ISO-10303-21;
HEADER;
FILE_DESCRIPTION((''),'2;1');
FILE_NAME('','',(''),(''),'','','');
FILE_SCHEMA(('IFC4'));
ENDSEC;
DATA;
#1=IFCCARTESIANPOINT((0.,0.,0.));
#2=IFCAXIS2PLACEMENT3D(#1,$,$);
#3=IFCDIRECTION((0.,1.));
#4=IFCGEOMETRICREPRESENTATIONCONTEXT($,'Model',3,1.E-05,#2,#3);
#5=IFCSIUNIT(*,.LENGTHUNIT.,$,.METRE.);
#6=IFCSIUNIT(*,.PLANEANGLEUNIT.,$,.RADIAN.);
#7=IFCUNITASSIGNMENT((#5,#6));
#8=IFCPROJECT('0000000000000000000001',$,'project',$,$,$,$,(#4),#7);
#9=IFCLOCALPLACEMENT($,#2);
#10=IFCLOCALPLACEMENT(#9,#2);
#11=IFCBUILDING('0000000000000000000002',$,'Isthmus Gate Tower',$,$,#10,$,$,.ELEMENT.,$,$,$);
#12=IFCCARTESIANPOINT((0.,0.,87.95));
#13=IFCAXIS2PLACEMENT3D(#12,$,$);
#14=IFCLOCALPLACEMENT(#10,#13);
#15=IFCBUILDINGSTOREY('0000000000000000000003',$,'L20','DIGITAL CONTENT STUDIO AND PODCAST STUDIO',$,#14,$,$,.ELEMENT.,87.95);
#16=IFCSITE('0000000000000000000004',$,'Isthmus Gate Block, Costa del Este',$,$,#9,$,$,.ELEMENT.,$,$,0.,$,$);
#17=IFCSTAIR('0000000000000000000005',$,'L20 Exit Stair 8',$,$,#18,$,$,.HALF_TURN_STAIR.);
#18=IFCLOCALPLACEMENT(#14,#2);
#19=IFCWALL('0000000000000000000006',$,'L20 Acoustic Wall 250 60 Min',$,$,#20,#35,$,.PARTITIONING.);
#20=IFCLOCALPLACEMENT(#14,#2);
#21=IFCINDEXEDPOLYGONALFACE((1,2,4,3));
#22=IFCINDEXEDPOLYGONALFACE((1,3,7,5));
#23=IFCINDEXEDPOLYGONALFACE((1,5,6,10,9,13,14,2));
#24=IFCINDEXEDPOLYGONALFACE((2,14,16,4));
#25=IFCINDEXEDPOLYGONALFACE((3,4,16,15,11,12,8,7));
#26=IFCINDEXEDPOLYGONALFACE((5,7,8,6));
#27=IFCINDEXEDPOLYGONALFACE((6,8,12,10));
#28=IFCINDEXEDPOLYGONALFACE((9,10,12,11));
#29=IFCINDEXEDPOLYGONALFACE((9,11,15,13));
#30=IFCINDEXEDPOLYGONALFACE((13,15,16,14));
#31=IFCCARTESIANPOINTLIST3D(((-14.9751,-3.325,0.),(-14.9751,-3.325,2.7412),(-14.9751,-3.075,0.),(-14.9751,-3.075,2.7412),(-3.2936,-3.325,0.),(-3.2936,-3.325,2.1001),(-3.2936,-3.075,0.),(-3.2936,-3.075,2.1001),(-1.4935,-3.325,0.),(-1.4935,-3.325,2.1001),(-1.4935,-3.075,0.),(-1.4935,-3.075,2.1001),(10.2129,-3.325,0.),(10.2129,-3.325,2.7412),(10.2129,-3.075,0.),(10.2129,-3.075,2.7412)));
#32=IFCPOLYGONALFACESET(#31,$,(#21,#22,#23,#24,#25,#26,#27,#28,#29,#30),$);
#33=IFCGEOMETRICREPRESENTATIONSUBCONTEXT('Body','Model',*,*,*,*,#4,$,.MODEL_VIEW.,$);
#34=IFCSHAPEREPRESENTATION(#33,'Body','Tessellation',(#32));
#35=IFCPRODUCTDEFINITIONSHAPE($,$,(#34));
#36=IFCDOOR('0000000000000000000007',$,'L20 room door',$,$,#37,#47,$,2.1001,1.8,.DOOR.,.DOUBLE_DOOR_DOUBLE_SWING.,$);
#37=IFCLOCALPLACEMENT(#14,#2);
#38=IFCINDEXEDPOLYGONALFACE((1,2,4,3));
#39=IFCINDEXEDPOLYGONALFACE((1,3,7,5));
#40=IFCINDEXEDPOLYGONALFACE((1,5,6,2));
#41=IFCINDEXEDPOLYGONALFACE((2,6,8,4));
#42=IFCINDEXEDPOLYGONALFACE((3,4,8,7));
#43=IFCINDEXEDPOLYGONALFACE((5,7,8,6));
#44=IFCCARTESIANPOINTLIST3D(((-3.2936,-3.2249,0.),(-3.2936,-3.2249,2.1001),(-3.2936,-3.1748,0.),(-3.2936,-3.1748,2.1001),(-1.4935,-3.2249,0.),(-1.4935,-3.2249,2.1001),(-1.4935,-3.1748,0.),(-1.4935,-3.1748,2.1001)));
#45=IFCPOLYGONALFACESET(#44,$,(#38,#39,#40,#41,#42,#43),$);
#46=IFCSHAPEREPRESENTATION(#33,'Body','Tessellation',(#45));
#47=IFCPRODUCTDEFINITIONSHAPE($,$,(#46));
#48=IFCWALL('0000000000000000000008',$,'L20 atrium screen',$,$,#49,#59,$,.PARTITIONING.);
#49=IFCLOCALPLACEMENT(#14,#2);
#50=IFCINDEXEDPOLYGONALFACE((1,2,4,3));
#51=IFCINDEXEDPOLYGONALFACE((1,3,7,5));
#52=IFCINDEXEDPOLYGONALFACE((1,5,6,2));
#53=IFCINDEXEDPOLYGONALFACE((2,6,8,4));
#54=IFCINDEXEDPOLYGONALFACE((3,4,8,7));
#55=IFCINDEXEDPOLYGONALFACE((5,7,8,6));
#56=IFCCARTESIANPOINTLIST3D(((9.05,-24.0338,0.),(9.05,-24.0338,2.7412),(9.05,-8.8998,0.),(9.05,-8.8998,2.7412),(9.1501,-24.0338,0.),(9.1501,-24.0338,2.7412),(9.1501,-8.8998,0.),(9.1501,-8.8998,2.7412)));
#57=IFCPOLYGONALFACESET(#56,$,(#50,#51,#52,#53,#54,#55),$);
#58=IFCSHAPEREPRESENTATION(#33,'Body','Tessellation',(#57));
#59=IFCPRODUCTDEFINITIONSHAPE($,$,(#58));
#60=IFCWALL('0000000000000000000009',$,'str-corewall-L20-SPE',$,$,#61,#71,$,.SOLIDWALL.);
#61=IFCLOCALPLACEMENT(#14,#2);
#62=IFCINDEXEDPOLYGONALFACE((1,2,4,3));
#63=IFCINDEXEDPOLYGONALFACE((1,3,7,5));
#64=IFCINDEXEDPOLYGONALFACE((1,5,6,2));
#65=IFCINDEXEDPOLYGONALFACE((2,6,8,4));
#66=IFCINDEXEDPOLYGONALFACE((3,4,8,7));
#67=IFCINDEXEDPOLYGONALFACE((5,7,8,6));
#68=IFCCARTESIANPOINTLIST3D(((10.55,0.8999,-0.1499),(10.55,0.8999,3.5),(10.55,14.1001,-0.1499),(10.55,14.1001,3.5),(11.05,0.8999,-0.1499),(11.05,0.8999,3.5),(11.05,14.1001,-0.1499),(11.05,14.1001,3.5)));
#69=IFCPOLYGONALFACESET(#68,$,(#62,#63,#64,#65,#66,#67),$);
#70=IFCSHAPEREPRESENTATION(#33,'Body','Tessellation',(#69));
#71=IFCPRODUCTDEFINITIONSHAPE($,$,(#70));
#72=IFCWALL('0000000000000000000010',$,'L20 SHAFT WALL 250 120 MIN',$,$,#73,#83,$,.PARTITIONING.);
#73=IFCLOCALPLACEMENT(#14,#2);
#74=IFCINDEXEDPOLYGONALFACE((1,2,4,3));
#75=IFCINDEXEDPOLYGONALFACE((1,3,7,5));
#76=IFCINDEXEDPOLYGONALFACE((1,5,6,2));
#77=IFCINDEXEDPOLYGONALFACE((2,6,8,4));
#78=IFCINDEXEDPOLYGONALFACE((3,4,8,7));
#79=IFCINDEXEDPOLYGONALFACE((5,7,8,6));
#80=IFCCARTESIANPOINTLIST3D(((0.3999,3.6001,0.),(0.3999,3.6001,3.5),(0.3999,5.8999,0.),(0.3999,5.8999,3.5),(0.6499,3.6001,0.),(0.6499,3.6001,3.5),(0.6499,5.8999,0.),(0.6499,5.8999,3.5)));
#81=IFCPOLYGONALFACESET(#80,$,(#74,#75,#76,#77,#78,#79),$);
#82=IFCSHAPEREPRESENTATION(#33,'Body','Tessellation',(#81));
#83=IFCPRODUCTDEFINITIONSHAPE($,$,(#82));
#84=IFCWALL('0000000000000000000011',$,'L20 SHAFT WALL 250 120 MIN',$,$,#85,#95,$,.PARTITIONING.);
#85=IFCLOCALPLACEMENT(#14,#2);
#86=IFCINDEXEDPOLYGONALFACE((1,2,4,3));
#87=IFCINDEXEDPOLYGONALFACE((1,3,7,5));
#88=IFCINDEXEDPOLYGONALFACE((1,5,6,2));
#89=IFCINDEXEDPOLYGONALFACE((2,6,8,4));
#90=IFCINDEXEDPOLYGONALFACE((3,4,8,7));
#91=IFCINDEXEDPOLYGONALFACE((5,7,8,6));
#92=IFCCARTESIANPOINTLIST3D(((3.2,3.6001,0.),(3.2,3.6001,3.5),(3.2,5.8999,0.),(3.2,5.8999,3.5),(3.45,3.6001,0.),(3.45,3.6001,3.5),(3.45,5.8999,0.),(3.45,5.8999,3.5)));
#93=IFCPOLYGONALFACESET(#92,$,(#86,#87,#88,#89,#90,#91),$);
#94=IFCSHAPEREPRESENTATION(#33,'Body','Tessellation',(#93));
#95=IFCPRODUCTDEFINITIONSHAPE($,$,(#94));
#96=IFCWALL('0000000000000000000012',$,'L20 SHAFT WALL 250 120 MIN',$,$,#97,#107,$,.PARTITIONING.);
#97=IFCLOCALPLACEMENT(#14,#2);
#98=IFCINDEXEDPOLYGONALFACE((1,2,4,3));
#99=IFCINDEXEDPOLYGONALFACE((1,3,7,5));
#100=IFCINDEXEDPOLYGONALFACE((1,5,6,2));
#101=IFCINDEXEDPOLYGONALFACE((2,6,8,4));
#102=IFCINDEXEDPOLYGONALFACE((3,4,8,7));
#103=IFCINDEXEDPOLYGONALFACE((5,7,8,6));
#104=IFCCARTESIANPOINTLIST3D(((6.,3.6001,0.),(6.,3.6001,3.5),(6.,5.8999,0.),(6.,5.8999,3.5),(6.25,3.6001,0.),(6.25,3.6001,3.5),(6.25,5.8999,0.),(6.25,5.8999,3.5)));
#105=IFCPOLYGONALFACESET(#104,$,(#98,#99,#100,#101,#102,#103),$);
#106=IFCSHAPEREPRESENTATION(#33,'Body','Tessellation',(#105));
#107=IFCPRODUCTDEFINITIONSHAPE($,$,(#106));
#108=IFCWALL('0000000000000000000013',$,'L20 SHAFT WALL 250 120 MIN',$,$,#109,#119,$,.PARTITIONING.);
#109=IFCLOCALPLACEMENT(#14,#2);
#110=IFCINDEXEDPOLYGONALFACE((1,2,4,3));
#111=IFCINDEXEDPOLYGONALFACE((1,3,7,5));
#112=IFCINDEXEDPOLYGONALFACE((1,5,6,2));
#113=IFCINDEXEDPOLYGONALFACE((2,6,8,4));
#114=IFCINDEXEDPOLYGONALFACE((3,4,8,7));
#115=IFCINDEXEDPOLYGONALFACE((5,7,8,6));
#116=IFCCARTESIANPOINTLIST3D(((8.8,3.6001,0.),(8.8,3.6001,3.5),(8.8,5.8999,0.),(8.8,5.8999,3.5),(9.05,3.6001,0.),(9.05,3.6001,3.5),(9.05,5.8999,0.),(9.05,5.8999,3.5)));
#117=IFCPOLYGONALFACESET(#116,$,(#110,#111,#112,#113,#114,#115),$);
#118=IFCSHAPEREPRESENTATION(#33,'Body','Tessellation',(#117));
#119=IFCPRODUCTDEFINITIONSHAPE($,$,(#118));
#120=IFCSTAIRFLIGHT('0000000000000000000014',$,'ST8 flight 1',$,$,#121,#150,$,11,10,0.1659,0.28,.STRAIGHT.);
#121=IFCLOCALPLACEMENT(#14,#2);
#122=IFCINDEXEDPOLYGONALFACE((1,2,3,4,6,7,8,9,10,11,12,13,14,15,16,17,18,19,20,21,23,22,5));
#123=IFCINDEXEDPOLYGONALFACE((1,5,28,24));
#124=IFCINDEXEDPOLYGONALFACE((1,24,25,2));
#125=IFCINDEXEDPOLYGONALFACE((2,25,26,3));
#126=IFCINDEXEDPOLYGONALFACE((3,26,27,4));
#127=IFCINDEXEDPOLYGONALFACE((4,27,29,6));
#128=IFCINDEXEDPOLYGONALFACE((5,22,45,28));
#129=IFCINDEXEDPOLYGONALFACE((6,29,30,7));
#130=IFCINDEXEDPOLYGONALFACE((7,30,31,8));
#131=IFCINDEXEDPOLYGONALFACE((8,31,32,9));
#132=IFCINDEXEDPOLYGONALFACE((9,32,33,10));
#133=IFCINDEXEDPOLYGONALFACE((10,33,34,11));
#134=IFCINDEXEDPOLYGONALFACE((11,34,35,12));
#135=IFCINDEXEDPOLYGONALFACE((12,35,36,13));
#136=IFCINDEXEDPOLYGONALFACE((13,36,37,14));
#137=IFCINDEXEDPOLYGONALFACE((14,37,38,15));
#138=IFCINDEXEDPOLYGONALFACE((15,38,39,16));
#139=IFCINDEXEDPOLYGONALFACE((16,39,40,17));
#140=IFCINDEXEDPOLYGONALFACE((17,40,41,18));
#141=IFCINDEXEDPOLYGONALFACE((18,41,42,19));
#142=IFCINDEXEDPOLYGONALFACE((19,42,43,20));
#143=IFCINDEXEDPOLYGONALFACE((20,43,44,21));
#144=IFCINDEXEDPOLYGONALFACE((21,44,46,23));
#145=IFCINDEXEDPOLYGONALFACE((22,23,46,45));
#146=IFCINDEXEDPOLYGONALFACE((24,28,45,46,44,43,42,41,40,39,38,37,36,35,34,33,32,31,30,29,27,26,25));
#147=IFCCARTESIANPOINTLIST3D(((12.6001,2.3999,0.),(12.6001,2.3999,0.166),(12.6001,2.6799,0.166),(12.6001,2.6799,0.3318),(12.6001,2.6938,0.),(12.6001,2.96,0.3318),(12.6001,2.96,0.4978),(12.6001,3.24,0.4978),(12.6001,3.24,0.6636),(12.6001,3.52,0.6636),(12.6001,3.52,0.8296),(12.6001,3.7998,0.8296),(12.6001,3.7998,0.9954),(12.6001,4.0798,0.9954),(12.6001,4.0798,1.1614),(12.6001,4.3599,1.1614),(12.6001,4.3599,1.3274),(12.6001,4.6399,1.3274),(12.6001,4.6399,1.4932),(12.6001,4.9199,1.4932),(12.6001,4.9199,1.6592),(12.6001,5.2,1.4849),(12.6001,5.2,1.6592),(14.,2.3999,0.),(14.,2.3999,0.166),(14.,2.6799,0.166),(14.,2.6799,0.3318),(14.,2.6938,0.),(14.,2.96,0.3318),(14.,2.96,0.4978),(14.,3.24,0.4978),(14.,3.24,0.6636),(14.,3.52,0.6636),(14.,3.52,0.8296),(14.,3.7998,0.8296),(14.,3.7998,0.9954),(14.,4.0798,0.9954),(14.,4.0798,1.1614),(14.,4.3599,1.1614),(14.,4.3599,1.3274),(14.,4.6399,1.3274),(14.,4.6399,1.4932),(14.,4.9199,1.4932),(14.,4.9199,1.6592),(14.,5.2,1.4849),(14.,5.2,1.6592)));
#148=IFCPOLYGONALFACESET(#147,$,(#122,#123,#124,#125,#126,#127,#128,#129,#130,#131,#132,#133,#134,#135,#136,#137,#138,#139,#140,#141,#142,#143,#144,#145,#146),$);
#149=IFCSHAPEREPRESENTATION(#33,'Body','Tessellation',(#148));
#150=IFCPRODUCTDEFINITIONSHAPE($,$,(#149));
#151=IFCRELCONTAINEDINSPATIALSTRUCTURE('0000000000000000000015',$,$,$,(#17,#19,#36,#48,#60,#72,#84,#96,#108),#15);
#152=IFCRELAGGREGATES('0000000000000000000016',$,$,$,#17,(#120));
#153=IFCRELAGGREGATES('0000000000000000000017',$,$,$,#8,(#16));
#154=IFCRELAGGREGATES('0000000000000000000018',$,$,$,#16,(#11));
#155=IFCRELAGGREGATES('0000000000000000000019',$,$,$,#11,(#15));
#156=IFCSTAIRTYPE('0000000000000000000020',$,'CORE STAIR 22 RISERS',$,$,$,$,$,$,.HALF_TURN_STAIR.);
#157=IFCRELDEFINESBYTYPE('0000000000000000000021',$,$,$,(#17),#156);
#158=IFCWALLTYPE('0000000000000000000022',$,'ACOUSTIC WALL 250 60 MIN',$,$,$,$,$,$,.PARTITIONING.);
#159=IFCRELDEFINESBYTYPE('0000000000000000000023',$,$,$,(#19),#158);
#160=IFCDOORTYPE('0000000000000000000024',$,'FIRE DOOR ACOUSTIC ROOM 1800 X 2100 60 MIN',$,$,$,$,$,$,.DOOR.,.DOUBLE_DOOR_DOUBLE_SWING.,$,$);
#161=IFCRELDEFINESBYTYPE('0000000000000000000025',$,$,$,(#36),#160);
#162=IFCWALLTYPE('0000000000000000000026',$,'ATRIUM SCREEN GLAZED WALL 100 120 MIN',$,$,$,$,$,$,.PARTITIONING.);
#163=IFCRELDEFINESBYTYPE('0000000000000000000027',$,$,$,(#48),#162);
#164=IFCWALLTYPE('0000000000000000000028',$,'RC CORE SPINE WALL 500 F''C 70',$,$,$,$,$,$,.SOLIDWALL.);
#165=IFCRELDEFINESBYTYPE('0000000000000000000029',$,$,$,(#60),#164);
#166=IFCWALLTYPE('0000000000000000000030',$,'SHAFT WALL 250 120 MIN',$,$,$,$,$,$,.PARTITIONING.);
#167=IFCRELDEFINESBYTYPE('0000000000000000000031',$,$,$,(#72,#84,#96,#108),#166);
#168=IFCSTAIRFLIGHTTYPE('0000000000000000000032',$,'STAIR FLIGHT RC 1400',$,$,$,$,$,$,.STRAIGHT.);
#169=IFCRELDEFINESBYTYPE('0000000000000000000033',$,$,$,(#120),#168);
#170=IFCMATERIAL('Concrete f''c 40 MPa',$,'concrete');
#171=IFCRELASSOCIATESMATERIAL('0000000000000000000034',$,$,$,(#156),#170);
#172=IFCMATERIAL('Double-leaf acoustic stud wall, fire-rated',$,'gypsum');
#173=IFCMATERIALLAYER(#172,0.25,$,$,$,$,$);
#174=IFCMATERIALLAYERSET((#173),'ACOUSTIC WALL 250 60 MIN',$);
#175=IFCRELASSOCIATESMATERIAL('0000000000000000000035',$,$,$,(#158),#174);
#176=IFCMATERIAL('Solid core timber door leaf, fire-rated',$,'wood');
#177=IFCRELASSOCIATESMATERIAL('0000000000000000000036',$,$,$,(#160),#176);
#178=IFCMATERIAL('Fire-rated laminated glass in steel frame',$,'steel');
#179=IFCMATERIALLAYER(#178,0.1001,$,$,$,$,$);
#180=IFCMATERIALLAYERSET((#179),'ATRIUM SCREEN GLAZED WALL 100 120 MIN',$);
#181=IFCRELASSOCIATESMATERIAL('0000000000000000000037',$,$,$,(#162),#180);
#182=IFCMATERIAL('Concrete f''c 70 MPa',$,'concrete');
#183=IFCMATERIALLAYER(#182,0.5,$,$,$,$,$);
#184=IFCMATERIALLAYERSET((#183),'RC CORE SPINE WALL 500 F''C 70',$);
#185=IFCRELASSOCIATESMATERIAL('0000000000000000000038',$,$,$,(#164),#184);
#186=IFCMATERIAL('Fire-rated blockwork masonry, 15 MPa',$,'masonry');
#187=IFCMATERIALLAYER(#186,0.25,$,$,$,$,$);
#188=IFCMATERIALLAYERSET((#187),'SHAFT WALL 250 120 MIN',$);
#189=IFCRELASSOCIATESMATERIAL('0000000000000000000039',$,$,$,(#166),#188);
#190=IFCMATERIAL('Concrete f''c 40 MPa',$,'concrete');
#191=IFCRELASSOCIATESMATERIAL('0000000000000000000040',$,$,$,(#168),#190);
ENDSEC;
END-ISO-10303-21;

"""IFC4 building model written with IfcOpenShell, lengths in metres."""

from ifc_helpers import new_model, si_unit, direction, frame, frame_2d, origin, place, context, subcontext, project, spatial, polyline, rectangle, outline, extrude, material, layer, layer_set, type_object, element, fill, aggregate, save


model = new_model("IFC4")

# Units and contexts
model_context = context("Model", 3, precision=1e-05, world=origin(), true_north=direction((0.0, 1.0)))
body_context = subcontext(model_context, "Body", "Model", "MODEL_VIEW")
ifc_project = project(units=[si_unit("LENGTHUNIT", "METRE"), si_unit("PLANEANGLEUNIT", "RADIAN")], contexts=[model_context])

# Site, building, storey
site_placement = place(None, origin())
site = spatial("IfcSite", under=ifc_project, at=site_placement, Name="Isthmus Gate Block, Costa del Este", CompositionType="ELEMENT", RefElevation=0.0)
building_placement = place(site_placement, origin())
building = spatial("IfcBuilding", under=site, at=building_placement, Name="Isthmus Gate Tower", CompositionType="ELEMENT")
storey_placement = place(building_placement, frame((0.0, 0.0, 87.95)))
storey = spatial("IfcBuildingStorey", under=building, at=storey_placement, Name="L20", Description="DIGITAL CONTENT STUDIO AND PODCAST STUDIO", CompositionType="ELEMENT", Elevation=87.95)

# Stair
ifc_material_1 = material(Name="Concrete f'c 40 MPa", Category="concrete")
stair_type = type_object("IfcStairType", Name="CORE STAIR 22 RISERS", PredefinedType="HALF_TURN_STAIR", material=ifc_material_1)
stair_1_placement = place(storey_placement, origin())
stair_1 = element("IfcStair", 1, at=stair_1_placement, inside=storey, type_object=stair_type, Name="L20 Exit Stair 8", PredefinedType="HALF_TURN_STAIR")

# Wall, opening, door
ifc_material_2 = material(Name="Double-leaf acoustic stud wall, fire-rated", Category="gypsum")
ifc_layer_1 = layer(ifc_material_2, 0.25)
ifc_layer_set_1 = layer_set([ifc_layer_1], Name="ACOUSTIC WALL 250 60 MIN")
wall_type_1 = type_object("IfcWallType", Name="ACOUSTIC WALL 250 60 MIN", PredefinedType="PARTITIONING", material=ifc_layer_set_1)
wall_1_placement = place(storey_placement, frame((10.2129, -3.2, 0.0), z_axis=(0.0, 0.0, 1.0), x_axis=(-1.0, 0.0, 0.0)))
wall_1 = element("IfcWall", 2, at=wall_1_placement, inside=storey, type_object=wall_type_1, Name="L20 Acoustic Wall 250 60 Min", PredefinedType="PARTITIONING", context=body_context, shape_type="SweptSolid", body=[
    extrude(rectangle(XDim=25.188, YDim=0.25, at=frame_2d((12.594, 0.0))), origin(), (0.0, 0.0, 1.0), 2.7412),
])
opening_placement = place(wall_1_placement, frame((11.7065, 0.0, 0.0)))
opening = element("IfcOpeningElement", 3, at=opening_placement, cuts=wall_1, PredefinedType="OPENING", context=body_context, shape_type="SweptSolid", body=[
    extrude(rectangle(XDim=1.8, YDim=2.1001, at=frame_2d((0.8999, 1.05))), frame((0.0, 0.135, 0.0), z_axis=(0.0, -1.0, 0.0), x_axis=(1.0, 0.0, 0.0)), (0.0, 0.0, 1.0), 0.27),
])
ifc_material_3 = material(Name="Solid core timber door leaf, fire-rated", Category="wood")
door_type = type_object("IfcDoorType", Name="FIRE DOOR ACOUSTIC ROOM 1800 X 2100 60 MIN", OperationType="DOUBLE_DOOR_DOUBLE_SWING", PredefinedType="DOOR", material=ifc_material_3)
door_placement = place(opening_placement, origin())
door = element("IfcDoor", 4, at=door_placement, inside=storey, type_object=door_type, Name="L20 room door", OperationType="DOUBLE_DOOR_DOUBLE_SWING", OverallHeight=2.1001, OverallWidth=1.8, PredefinedType="DOOR", context=body_context, shape_type="SweptSolid", body=[
    extrude(rectangle(XDim=1.8, YDim=2.1001, at=frame_2d((0.8999, 1.05))), frame((0.0, 0.0249, 0.0), z_axis=(0.0, -1.0, 0.0), x_axis=(1.0, 0.0, 0.0)), (0.0, 0.0, 1.0), 0.05),
])
fill(opening, door)

# Walls
ifc_material_4 = material(Name="Fire-rated laminated glass in steel frame", Category="steel")
ifc_layer_2 = layer(ifc_material_4, 0.1001)
ifc_layer_set_2 = layer_set([ifc_layer_2], Name="ATRIUM SCREEN GLAZED WALL 100 120 MIN")
wall_type_2 = type_object("IfcWallType", Name="ATRIUM SCREEN GLAZED WALL 100 120 MIN", PredefinedType="PARTITIONING", material=ifc_layer_set_2)
wall_2_placement = place(storey_placement, frame((9.1001, -8.8999, 0.0), z_axis=(0.0, 0.0, 1.0), x_axis=(0.0, -1.0, 0.0)))
element("IfcWall", 5, at=wall_2_placement, inside=storey, type_object=wall_type_2, Name="L20 atrium screen", PredefinedType="PARTITIONING", context=body_context, shape_type="SweptSolid", body=[
    extrude(rectangle(XDim=15.134, YDim=0.1001, at=frame_2d((7.5669, 0.0))), origin(), (0.0, 0.0, 1.0), 2.7412),
])
ifc_material_5 = material(Name="Concrete f'c 70 MPa", Category="concrete")
ifc_layer_3 = layer(ifc_material_5, 0.5)
ifc_layer_set_3 = layer_set([ifc_layer_3], Name="RC CORE SPINE WALL 500 F'C 70")
wall_type_3 = type_object("IfcWallType", Name="RC CORE SPINE WALL 500 F'C 70", PredefinedType="SOLIDWALL", material=ifc_layer_set_3)
wall_3_placement = place(storey_placement, frame((10.8, 0.8999, -0.1499), z_axis=(0.0, 0.0, 1.0), x_axis=(0.0, 1.0, 0.0)))
element("IfcWall", 6, at=wall_3_placement, inside=storey, type_object=wall_type_3, Name="str-corewall-L20-SPE", PredefinedType="SOLIDWALL", context=body_context, shape_type="SweptSolid", body=[
    extrude(rectangle(XDim=13.2002, YDim=0.5, at=frame_2d((6.6001, 0.0))), origin(), (0.0, 0.0, 1.0), 3.6499),
])
ifc_material_6 = material(Name="Fire-rated blockwork masonry, 15 MPa", Category="masonry")
ifc_layer_4 = layer(ifc_material_6, 0.25)
ifc_layer_set_4 = layer_set([ifc_layer_4], Name="SHAFT WALL 250 120 MIN")
wall_type_4 = type_object("IfcWallType", Name="SHAFT WALL 250 120 MIN", PredefinedType="PARTITIONING", material=ifc_layer_set_4)
for number, where, z_axis, x_axis, name in (
    (7, (0.5249, 3.6001, 0.0), (0.0, 0.0, 1.0), (0.0, 1.0, 0.0), "L20 SHAFT WALL 250 120 MIN"),
    (8, (3.325, 3.6001, 0.0), (0.0, 0.0, 1.0), (0.0, 1.0, 0.0), "L20 SHAFT WALL 250 120 MIN"),
    (9, (6.125, 3.6001, 0.0), (0.0, 0.0, 1.0), (0.0, 1.0, 0.0), "L20 SHAFT WALL 250 120 MIN"),
    (10, (8.925, 3.6001, 0.0), (0.0, 0.0, 1.0), (0.0, 1.0, 0.0), "L20 SHAFT WALL 250 120 MIN"),
):
    element("IfcWall", number, at=place(storey_placement, frame(where, z_axis=z_axis, x_axis=x_axis)), inside=storey, type_object=wall_type_4, Name=name, PredefinedType="PARTITIONING", context=body_context, shape_type="SweptSolid", body=[
        extrude(rectangle(XDim=2.2998, YDim=0.25, at=frame_2d((1.1499, 0.0))), origin(), (0.0, 0.0, 1.0), 3.5),
    ])

# Stair flight
ifc_material_7 = material(Name="Concrete f'c 40 MPa", Category="concrete")
stair_flight_type = type_object("IfcStairFlightType", Name="STAIR FLIGHT RC 1400", PredefinedType="STRAIGHT", material=ifc_material_7)
stair_flight_placement = place(storey_placement, frame((13.3, 2.3999, 0.0), z_axis=(0.0, 0.0, 1.0), x_axis=(0.0, 1.0, 0.0)))
stair_flight = element("IfcStairFlight", 11, at=stair_flight_placement, type_object=stair_flight_type, Name="ST8 flight 1", NumberOfRisers=11, NumberOfTreads=10, PredefinedType="STRAIGHT", RiserHeight=0.1659, TreadLength=0.28, context=body_context, shape_type="SweptSolid", body=[
    extrude(outline(polyline([(0.0, 0.0), (0.0, 0.166), (0.28, 0.166), (0.28, 0.3318), (0.5601, 0.3318), (0.5601, 0.4978), (0.8401, 0.4978), (0.8401, 0.6636), (1.1201, 0.6636), (1.1201, 0.8296), (1.3999, 0.8296), (1.3999, 0.9954), (1.6799, 0.9954), (1.6799, 1.1614), (1.96, 1.1614), (1.96, 1.3274), (2.24, 1.3274), (2.24, 1.4932), (2.52, 1.4932), (2.52, 1.6592), (2.8, 1.6592), (2.8, 1.825), (2.8, 1.4849), (0.2939, 0.0), (0.0, 0.0)])), frame((0.0, 0.7, 0.0), z_axis=(0.0, -1.0, 0.0), x_axis=(1.0, 0.0, 0.0)), (0.0, 0.0, 1.0), 1.3999),
])
aggregate(stair_1, [stair_flight])

save(model, "model.ifc")
